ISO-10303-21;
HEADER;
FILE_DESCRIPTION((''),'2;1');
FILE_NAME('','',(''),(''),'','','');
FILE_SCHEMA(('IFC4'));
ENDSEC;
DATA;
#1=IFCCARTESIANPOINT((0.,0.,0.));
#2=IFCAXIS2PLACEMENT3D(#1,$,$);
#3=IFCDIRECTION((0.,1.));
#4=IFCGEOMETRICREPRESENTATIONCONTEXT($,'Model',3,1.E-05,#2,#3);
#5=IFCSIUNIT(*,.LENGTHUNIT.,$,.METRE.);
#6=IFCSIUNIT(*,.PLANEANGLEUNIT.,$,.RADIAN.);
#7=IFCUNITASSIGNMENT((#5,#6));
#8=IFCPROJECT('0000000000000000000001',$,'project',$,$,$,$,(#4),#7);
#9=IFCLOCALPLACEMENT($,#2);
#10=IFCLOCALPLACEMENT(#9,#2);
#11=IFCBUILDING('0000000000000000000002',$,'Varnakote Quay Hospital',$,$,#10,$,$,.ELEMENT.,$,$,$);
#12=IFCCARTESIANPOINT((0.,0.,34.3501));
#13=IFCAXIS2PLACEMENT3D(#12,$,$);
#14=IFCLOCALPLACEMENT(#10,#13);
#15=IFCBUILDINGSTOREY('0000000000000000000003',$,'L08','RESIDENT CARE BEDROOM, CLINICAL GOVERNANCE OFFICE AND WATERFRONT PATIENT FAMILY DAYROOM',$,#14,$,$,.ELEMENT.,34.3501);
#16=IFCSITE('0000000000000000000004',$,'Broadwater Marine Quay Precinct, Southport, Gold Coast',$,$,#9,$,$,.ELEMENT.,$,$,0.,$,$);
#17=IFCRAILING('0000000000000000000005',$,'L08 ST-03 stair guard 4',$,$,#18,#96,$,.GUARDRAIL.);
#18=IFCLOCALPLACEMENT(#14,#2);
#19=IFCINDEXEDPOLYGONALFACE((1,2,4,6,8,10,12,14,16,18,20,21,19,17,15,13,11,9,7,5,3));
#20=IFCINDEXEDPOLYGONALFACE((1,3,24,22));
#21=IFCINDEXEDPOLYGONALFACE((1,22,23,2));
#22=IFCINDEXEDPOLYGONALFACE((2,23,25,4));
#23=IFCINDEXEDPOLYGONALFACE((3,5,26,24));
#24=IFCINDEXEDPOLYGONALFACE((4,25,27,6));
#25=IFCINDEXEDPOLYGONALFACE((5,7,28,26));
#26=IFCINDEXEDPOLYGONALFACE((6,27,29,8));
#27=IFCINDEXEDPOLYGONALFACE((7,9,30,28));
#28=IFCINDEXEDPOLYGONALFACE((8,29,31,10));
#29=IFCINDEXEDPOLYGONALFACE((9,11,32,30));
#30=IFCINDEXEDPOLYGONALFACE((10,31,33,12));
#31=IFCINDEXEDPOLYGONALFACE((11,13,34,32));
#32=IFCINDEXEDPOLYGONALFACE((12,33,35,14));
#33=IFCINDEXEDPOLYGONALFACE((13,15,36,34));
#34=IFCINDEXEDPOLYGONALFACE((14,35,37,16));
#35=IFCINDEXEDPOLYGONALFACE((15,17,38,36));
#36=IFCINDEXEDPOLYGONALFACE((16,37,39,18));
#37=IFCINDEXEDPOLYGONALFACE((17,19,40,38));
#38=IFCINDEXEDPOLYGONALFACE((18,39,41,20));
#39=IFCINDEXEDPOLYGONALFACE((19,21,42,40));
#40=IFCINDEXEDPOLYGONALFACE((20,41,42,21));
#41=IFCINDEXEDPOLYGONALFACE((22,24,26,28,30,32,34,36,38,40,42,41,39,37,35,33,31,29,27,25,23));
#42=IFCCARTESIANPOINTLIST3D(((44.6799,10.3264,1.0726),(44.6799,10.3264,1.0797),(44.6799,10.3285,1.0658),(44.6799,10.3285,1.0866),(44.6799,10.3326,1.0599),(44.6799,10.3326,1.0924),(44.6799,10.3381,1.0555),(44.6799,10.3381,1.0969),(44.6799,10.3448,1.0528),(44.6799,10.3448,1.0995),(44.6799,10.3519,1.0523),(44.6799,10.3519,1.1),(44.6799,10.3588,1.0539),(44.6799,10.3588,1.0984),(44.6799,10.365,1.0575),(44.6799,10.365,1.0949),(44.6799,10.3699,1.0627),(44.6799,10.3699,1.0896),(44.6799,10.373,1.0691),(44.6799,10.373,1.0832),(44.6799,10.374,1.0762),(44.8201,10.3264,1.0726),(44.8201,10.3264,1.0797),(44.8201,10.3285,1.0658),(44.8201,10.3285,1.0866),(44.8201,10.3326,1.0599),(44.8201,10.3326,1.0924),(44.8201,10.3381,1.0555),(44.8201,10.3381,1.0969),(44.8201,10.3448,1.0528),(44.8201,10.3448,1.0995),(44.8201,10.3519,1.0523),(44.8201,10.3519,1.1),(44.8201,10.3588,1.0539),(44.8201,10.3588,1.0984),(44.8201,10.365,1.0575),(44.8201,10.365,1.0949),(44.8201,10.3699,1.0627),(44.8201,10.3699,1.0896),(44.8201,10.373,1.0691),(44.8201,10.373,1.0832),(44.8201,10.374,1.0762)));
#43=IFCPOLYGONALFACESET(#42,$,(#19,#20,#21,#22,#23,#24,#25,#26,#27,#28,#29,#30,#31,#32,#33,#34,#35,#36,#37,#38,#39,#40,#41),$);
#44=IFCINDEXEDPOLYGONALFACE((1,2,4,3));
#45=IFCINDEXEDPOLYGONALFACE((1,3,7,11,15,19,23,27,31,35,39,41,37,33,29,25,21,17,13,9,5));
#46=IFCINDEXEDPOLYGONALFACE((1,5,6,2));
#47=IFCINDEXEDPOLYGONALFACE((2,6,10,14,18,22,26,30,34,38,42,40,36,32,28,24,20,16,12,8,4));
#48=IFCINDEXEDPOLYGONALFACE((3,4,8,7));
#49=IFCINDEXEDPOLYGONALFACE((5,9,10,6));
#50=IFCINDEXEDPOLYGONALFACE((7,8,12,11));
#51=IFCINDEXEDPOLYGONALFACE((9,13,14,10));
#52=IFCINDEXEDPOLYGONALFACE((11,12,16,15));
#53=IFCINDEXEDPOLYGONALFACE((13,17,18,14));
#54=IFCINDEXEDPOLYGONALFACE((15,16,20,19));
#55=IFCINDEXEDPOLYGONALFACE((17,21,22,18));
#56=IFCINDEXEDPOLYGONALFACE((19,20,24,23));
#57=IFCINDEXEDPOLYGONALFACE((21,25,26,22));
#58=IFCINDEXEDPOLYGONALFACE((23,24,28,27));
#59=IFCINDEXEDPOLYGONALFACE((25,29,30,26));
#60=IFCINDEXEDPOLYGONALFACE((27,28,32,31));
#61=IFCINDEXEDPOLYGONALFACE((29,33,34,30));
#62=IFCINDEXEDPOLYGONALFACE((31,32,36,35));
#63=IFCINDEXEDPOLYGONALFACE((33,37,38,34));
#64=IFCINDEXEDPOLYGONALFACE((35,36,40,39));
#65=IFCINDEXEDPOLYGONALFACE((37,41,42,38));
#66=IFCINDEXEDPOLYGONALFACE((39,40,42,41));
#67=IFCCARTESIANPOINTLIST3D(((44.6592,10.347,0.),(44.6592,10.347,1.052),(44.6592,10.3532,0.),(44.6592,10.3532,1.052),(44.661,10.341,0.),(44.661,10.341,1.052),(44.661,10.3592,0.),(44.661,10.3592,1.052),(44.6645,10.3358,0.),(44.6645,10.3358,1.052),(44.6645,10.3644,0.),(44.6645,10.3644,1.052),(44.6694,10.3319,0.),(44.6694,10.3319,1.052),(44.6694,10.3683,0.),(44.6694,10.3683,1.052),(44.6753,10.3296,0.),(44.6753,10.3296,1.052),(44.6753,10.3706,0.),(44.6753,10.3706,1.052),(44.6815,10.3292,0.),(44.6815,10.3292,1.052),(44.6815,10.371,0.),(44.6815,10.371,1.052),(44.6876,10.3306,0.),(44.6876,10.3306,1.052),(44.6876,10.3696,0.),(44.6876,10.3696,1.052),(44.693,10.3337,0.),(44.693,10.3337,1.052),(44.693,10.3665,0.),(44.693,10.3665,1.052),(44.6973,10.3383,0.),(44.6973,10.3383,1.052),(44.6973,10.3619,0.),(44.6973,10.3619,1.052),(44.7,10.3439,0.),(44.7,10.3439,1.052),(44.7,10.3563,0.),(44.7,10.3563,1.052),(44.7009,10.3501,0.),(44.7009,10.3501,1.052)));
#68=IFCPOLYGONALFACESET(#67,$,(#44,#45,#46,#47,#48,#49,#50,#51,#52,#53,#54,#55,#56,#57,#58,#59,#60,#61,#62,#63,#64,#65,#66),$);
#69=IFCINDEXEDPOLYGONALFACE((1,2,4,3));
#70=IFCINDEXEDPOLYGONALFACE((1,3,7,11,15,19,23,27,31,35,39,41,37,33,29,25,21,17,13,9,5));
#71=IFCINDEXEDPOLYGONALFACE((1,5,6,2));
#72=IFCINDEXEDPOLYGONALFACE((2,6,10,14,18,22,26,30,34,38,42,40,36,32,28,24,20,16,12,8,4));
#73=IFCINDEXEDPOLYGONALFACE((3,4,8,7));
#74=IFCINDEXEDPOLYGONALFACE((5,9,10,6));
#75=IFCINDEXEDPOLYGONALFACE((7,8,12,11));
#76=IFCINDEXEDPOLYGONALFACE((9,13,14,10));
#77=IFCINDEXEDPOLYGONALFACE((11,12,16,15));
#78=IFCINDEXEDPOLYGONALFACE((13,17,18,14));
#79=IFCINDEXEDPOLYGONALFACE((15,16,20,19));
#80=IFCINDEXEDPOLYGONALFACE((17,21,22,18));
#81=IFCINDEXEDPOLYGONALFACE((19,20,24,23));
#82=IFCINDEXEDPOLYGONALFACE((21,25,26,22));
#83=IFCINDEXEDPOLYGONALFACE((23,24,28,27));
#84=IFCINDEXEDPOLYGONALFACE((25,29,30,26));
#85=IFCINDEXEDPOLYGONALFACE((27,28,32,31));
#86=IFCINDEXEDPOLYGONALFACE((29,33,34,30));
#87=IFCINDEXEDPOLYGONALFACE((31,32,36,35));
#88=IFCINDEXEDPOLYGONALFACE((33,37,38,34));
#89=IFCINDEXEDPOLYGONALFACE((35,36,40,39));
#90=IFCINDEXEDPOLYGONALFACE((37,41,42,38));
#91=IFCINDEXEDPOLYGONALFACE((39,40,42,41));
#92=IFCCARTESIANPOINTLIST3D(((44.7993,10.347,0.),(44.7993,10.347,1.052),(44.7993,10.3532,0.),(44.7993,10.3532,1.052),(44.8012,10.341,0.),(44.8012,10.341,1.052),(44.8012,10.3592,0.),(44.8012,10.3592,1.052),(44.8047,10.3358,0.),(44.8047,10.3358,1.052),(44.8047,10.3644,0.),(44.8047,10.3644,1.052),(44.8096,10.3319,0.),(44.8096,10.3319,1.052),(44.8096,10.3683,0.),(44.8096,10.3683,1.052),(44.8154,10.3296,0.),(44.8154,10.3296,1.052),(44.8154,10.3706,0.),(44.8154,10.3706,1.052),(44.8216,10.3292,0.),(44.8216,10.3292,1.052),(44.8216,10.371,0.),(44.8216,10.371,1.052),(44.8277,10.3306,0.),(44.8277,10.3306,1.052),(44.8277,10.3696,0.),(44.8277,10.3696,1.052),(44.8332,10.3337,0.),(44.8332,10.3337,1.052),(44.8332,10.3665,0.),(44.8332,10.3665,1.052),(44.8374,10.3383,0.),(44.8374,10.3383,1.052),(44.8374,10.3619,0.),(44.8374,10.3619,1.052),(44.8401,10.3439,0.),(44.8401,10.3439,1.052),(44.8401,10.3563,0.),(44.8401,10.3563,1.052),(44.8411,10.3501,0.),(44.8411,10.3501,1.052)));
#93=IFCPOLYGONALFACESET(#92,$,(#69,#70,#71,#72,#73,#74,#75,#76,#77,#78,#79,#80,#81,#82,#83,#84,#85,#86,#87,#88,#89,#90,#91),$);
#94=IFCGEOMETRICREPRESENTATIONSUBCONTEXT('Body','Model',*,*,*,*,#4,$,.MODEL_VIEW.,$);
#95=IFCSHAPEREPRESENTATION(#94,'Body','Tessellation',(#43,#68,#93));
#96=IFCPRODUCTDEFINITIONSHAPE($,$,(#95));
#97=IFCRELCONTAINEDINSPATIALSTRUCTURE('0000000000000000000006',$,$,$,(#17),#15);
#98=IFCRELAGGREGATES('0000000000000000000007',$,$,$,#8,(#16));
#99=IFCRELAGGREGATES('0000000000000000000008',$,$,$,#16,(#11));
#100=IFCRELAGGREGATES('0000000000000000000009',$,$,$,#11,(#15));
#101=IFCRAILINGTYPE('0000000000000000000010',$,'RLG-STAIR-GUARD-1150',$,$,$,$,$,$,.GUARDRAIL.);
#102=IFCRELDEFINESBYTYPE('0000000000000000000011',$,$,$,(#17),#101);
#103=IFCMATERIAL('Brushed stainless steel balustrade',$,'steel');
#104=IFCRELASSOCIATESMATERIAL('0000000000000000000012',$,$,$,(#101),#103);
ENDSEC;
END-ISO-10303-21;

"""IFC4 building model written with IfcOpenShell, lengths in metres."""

from ifc_helpers import new_model, si_unit, direction, frame, origin, origin_2d, place, context, subcontext, project, spatial, circle, extrude, material, type_object, element, save


model = new_model("IFC4")

# Units and contexts
model_context = context("Model", 3, precision=1e-05, world=origin(), true_north=direction((0.0, 1.0)))
body_context = subcontext(model_context, "Body", "Model", "MODEL_VIEW")
ifc_project = project(units=[si_unit("LENGTHUNIT", "METRE"), si_unit("PLANEANGLEUNIT", "RADIAN")], contexts=[model_context])

# Site, building, storey
site_placement = place(None, origin())
site = spatial("IfcSite", under=ifc_project, at=site_placement, Name="Broadwater Marine Quay Precinct, Southport, Gold Coast", CompositionType="ELEMENT", RefElevation=0.0)
building_placement = place(site_placement, origin())
building = spatial("IfcBuilding", under=site, at=building_placement, Name="Varnakote Quay Hospital", CompositionType="ELEMENT")
storey_placement = place(building_placement, frame((0.0, 0.0, 34.3501)))
storey = spatial("IfcBuildingStorey", under=building, at=storey_placement, Name="L08", Description="RESIDENT CARE BEDROOM, CLINICAL GOVERNANCE OFFICE AND WATERFRONT PATIENT FAMILY DAYROOM", CompositionType="ELEMENT", Elevation=34.3501)

# Railing
ifc_material_1 = material(Name="Brushed stainless steel balustrade", Category="steel")
railing_type_1 = type_object("IfcRailingType", Name="RLG-STAIR-GUARD-1150", PredefinedType="GUARDRAIL", material=ifc_material_1)
railing_1_placement = place(storey_placement, frame((44.6799, 10.3501, 0.0)))
element("IfcRailing", 1, at=railing_1_placement, inside=storey, type_object=railing_type_1, Name="L08 ST-03 stair guard 4", PredefinedType="GUARDRAIL", context=body_context, shape_type="SweptSolid", body=[
    extrude(circle(Radius=0.0239, at=origin_2d()), frame((0.0, 0.0, 1.0762), z_axis=(1.0, 0.0, 0.0), x_axis=(0.0, 1.0, 0.0)), (0.0, 0.0, 1.0), 0.1401),
    extrude(circle(Radius=0.021, at=origin_2d()), origin(), (0.0, 0.0, 1.0), 1.052),
    extrude(circle(Radius=0.021, at=origin_2d()), frame((0.1401, 0.0, 0.0)), (0.0, 0.0, 1.0), 1.052),
])

save(model, "model.ifc")
